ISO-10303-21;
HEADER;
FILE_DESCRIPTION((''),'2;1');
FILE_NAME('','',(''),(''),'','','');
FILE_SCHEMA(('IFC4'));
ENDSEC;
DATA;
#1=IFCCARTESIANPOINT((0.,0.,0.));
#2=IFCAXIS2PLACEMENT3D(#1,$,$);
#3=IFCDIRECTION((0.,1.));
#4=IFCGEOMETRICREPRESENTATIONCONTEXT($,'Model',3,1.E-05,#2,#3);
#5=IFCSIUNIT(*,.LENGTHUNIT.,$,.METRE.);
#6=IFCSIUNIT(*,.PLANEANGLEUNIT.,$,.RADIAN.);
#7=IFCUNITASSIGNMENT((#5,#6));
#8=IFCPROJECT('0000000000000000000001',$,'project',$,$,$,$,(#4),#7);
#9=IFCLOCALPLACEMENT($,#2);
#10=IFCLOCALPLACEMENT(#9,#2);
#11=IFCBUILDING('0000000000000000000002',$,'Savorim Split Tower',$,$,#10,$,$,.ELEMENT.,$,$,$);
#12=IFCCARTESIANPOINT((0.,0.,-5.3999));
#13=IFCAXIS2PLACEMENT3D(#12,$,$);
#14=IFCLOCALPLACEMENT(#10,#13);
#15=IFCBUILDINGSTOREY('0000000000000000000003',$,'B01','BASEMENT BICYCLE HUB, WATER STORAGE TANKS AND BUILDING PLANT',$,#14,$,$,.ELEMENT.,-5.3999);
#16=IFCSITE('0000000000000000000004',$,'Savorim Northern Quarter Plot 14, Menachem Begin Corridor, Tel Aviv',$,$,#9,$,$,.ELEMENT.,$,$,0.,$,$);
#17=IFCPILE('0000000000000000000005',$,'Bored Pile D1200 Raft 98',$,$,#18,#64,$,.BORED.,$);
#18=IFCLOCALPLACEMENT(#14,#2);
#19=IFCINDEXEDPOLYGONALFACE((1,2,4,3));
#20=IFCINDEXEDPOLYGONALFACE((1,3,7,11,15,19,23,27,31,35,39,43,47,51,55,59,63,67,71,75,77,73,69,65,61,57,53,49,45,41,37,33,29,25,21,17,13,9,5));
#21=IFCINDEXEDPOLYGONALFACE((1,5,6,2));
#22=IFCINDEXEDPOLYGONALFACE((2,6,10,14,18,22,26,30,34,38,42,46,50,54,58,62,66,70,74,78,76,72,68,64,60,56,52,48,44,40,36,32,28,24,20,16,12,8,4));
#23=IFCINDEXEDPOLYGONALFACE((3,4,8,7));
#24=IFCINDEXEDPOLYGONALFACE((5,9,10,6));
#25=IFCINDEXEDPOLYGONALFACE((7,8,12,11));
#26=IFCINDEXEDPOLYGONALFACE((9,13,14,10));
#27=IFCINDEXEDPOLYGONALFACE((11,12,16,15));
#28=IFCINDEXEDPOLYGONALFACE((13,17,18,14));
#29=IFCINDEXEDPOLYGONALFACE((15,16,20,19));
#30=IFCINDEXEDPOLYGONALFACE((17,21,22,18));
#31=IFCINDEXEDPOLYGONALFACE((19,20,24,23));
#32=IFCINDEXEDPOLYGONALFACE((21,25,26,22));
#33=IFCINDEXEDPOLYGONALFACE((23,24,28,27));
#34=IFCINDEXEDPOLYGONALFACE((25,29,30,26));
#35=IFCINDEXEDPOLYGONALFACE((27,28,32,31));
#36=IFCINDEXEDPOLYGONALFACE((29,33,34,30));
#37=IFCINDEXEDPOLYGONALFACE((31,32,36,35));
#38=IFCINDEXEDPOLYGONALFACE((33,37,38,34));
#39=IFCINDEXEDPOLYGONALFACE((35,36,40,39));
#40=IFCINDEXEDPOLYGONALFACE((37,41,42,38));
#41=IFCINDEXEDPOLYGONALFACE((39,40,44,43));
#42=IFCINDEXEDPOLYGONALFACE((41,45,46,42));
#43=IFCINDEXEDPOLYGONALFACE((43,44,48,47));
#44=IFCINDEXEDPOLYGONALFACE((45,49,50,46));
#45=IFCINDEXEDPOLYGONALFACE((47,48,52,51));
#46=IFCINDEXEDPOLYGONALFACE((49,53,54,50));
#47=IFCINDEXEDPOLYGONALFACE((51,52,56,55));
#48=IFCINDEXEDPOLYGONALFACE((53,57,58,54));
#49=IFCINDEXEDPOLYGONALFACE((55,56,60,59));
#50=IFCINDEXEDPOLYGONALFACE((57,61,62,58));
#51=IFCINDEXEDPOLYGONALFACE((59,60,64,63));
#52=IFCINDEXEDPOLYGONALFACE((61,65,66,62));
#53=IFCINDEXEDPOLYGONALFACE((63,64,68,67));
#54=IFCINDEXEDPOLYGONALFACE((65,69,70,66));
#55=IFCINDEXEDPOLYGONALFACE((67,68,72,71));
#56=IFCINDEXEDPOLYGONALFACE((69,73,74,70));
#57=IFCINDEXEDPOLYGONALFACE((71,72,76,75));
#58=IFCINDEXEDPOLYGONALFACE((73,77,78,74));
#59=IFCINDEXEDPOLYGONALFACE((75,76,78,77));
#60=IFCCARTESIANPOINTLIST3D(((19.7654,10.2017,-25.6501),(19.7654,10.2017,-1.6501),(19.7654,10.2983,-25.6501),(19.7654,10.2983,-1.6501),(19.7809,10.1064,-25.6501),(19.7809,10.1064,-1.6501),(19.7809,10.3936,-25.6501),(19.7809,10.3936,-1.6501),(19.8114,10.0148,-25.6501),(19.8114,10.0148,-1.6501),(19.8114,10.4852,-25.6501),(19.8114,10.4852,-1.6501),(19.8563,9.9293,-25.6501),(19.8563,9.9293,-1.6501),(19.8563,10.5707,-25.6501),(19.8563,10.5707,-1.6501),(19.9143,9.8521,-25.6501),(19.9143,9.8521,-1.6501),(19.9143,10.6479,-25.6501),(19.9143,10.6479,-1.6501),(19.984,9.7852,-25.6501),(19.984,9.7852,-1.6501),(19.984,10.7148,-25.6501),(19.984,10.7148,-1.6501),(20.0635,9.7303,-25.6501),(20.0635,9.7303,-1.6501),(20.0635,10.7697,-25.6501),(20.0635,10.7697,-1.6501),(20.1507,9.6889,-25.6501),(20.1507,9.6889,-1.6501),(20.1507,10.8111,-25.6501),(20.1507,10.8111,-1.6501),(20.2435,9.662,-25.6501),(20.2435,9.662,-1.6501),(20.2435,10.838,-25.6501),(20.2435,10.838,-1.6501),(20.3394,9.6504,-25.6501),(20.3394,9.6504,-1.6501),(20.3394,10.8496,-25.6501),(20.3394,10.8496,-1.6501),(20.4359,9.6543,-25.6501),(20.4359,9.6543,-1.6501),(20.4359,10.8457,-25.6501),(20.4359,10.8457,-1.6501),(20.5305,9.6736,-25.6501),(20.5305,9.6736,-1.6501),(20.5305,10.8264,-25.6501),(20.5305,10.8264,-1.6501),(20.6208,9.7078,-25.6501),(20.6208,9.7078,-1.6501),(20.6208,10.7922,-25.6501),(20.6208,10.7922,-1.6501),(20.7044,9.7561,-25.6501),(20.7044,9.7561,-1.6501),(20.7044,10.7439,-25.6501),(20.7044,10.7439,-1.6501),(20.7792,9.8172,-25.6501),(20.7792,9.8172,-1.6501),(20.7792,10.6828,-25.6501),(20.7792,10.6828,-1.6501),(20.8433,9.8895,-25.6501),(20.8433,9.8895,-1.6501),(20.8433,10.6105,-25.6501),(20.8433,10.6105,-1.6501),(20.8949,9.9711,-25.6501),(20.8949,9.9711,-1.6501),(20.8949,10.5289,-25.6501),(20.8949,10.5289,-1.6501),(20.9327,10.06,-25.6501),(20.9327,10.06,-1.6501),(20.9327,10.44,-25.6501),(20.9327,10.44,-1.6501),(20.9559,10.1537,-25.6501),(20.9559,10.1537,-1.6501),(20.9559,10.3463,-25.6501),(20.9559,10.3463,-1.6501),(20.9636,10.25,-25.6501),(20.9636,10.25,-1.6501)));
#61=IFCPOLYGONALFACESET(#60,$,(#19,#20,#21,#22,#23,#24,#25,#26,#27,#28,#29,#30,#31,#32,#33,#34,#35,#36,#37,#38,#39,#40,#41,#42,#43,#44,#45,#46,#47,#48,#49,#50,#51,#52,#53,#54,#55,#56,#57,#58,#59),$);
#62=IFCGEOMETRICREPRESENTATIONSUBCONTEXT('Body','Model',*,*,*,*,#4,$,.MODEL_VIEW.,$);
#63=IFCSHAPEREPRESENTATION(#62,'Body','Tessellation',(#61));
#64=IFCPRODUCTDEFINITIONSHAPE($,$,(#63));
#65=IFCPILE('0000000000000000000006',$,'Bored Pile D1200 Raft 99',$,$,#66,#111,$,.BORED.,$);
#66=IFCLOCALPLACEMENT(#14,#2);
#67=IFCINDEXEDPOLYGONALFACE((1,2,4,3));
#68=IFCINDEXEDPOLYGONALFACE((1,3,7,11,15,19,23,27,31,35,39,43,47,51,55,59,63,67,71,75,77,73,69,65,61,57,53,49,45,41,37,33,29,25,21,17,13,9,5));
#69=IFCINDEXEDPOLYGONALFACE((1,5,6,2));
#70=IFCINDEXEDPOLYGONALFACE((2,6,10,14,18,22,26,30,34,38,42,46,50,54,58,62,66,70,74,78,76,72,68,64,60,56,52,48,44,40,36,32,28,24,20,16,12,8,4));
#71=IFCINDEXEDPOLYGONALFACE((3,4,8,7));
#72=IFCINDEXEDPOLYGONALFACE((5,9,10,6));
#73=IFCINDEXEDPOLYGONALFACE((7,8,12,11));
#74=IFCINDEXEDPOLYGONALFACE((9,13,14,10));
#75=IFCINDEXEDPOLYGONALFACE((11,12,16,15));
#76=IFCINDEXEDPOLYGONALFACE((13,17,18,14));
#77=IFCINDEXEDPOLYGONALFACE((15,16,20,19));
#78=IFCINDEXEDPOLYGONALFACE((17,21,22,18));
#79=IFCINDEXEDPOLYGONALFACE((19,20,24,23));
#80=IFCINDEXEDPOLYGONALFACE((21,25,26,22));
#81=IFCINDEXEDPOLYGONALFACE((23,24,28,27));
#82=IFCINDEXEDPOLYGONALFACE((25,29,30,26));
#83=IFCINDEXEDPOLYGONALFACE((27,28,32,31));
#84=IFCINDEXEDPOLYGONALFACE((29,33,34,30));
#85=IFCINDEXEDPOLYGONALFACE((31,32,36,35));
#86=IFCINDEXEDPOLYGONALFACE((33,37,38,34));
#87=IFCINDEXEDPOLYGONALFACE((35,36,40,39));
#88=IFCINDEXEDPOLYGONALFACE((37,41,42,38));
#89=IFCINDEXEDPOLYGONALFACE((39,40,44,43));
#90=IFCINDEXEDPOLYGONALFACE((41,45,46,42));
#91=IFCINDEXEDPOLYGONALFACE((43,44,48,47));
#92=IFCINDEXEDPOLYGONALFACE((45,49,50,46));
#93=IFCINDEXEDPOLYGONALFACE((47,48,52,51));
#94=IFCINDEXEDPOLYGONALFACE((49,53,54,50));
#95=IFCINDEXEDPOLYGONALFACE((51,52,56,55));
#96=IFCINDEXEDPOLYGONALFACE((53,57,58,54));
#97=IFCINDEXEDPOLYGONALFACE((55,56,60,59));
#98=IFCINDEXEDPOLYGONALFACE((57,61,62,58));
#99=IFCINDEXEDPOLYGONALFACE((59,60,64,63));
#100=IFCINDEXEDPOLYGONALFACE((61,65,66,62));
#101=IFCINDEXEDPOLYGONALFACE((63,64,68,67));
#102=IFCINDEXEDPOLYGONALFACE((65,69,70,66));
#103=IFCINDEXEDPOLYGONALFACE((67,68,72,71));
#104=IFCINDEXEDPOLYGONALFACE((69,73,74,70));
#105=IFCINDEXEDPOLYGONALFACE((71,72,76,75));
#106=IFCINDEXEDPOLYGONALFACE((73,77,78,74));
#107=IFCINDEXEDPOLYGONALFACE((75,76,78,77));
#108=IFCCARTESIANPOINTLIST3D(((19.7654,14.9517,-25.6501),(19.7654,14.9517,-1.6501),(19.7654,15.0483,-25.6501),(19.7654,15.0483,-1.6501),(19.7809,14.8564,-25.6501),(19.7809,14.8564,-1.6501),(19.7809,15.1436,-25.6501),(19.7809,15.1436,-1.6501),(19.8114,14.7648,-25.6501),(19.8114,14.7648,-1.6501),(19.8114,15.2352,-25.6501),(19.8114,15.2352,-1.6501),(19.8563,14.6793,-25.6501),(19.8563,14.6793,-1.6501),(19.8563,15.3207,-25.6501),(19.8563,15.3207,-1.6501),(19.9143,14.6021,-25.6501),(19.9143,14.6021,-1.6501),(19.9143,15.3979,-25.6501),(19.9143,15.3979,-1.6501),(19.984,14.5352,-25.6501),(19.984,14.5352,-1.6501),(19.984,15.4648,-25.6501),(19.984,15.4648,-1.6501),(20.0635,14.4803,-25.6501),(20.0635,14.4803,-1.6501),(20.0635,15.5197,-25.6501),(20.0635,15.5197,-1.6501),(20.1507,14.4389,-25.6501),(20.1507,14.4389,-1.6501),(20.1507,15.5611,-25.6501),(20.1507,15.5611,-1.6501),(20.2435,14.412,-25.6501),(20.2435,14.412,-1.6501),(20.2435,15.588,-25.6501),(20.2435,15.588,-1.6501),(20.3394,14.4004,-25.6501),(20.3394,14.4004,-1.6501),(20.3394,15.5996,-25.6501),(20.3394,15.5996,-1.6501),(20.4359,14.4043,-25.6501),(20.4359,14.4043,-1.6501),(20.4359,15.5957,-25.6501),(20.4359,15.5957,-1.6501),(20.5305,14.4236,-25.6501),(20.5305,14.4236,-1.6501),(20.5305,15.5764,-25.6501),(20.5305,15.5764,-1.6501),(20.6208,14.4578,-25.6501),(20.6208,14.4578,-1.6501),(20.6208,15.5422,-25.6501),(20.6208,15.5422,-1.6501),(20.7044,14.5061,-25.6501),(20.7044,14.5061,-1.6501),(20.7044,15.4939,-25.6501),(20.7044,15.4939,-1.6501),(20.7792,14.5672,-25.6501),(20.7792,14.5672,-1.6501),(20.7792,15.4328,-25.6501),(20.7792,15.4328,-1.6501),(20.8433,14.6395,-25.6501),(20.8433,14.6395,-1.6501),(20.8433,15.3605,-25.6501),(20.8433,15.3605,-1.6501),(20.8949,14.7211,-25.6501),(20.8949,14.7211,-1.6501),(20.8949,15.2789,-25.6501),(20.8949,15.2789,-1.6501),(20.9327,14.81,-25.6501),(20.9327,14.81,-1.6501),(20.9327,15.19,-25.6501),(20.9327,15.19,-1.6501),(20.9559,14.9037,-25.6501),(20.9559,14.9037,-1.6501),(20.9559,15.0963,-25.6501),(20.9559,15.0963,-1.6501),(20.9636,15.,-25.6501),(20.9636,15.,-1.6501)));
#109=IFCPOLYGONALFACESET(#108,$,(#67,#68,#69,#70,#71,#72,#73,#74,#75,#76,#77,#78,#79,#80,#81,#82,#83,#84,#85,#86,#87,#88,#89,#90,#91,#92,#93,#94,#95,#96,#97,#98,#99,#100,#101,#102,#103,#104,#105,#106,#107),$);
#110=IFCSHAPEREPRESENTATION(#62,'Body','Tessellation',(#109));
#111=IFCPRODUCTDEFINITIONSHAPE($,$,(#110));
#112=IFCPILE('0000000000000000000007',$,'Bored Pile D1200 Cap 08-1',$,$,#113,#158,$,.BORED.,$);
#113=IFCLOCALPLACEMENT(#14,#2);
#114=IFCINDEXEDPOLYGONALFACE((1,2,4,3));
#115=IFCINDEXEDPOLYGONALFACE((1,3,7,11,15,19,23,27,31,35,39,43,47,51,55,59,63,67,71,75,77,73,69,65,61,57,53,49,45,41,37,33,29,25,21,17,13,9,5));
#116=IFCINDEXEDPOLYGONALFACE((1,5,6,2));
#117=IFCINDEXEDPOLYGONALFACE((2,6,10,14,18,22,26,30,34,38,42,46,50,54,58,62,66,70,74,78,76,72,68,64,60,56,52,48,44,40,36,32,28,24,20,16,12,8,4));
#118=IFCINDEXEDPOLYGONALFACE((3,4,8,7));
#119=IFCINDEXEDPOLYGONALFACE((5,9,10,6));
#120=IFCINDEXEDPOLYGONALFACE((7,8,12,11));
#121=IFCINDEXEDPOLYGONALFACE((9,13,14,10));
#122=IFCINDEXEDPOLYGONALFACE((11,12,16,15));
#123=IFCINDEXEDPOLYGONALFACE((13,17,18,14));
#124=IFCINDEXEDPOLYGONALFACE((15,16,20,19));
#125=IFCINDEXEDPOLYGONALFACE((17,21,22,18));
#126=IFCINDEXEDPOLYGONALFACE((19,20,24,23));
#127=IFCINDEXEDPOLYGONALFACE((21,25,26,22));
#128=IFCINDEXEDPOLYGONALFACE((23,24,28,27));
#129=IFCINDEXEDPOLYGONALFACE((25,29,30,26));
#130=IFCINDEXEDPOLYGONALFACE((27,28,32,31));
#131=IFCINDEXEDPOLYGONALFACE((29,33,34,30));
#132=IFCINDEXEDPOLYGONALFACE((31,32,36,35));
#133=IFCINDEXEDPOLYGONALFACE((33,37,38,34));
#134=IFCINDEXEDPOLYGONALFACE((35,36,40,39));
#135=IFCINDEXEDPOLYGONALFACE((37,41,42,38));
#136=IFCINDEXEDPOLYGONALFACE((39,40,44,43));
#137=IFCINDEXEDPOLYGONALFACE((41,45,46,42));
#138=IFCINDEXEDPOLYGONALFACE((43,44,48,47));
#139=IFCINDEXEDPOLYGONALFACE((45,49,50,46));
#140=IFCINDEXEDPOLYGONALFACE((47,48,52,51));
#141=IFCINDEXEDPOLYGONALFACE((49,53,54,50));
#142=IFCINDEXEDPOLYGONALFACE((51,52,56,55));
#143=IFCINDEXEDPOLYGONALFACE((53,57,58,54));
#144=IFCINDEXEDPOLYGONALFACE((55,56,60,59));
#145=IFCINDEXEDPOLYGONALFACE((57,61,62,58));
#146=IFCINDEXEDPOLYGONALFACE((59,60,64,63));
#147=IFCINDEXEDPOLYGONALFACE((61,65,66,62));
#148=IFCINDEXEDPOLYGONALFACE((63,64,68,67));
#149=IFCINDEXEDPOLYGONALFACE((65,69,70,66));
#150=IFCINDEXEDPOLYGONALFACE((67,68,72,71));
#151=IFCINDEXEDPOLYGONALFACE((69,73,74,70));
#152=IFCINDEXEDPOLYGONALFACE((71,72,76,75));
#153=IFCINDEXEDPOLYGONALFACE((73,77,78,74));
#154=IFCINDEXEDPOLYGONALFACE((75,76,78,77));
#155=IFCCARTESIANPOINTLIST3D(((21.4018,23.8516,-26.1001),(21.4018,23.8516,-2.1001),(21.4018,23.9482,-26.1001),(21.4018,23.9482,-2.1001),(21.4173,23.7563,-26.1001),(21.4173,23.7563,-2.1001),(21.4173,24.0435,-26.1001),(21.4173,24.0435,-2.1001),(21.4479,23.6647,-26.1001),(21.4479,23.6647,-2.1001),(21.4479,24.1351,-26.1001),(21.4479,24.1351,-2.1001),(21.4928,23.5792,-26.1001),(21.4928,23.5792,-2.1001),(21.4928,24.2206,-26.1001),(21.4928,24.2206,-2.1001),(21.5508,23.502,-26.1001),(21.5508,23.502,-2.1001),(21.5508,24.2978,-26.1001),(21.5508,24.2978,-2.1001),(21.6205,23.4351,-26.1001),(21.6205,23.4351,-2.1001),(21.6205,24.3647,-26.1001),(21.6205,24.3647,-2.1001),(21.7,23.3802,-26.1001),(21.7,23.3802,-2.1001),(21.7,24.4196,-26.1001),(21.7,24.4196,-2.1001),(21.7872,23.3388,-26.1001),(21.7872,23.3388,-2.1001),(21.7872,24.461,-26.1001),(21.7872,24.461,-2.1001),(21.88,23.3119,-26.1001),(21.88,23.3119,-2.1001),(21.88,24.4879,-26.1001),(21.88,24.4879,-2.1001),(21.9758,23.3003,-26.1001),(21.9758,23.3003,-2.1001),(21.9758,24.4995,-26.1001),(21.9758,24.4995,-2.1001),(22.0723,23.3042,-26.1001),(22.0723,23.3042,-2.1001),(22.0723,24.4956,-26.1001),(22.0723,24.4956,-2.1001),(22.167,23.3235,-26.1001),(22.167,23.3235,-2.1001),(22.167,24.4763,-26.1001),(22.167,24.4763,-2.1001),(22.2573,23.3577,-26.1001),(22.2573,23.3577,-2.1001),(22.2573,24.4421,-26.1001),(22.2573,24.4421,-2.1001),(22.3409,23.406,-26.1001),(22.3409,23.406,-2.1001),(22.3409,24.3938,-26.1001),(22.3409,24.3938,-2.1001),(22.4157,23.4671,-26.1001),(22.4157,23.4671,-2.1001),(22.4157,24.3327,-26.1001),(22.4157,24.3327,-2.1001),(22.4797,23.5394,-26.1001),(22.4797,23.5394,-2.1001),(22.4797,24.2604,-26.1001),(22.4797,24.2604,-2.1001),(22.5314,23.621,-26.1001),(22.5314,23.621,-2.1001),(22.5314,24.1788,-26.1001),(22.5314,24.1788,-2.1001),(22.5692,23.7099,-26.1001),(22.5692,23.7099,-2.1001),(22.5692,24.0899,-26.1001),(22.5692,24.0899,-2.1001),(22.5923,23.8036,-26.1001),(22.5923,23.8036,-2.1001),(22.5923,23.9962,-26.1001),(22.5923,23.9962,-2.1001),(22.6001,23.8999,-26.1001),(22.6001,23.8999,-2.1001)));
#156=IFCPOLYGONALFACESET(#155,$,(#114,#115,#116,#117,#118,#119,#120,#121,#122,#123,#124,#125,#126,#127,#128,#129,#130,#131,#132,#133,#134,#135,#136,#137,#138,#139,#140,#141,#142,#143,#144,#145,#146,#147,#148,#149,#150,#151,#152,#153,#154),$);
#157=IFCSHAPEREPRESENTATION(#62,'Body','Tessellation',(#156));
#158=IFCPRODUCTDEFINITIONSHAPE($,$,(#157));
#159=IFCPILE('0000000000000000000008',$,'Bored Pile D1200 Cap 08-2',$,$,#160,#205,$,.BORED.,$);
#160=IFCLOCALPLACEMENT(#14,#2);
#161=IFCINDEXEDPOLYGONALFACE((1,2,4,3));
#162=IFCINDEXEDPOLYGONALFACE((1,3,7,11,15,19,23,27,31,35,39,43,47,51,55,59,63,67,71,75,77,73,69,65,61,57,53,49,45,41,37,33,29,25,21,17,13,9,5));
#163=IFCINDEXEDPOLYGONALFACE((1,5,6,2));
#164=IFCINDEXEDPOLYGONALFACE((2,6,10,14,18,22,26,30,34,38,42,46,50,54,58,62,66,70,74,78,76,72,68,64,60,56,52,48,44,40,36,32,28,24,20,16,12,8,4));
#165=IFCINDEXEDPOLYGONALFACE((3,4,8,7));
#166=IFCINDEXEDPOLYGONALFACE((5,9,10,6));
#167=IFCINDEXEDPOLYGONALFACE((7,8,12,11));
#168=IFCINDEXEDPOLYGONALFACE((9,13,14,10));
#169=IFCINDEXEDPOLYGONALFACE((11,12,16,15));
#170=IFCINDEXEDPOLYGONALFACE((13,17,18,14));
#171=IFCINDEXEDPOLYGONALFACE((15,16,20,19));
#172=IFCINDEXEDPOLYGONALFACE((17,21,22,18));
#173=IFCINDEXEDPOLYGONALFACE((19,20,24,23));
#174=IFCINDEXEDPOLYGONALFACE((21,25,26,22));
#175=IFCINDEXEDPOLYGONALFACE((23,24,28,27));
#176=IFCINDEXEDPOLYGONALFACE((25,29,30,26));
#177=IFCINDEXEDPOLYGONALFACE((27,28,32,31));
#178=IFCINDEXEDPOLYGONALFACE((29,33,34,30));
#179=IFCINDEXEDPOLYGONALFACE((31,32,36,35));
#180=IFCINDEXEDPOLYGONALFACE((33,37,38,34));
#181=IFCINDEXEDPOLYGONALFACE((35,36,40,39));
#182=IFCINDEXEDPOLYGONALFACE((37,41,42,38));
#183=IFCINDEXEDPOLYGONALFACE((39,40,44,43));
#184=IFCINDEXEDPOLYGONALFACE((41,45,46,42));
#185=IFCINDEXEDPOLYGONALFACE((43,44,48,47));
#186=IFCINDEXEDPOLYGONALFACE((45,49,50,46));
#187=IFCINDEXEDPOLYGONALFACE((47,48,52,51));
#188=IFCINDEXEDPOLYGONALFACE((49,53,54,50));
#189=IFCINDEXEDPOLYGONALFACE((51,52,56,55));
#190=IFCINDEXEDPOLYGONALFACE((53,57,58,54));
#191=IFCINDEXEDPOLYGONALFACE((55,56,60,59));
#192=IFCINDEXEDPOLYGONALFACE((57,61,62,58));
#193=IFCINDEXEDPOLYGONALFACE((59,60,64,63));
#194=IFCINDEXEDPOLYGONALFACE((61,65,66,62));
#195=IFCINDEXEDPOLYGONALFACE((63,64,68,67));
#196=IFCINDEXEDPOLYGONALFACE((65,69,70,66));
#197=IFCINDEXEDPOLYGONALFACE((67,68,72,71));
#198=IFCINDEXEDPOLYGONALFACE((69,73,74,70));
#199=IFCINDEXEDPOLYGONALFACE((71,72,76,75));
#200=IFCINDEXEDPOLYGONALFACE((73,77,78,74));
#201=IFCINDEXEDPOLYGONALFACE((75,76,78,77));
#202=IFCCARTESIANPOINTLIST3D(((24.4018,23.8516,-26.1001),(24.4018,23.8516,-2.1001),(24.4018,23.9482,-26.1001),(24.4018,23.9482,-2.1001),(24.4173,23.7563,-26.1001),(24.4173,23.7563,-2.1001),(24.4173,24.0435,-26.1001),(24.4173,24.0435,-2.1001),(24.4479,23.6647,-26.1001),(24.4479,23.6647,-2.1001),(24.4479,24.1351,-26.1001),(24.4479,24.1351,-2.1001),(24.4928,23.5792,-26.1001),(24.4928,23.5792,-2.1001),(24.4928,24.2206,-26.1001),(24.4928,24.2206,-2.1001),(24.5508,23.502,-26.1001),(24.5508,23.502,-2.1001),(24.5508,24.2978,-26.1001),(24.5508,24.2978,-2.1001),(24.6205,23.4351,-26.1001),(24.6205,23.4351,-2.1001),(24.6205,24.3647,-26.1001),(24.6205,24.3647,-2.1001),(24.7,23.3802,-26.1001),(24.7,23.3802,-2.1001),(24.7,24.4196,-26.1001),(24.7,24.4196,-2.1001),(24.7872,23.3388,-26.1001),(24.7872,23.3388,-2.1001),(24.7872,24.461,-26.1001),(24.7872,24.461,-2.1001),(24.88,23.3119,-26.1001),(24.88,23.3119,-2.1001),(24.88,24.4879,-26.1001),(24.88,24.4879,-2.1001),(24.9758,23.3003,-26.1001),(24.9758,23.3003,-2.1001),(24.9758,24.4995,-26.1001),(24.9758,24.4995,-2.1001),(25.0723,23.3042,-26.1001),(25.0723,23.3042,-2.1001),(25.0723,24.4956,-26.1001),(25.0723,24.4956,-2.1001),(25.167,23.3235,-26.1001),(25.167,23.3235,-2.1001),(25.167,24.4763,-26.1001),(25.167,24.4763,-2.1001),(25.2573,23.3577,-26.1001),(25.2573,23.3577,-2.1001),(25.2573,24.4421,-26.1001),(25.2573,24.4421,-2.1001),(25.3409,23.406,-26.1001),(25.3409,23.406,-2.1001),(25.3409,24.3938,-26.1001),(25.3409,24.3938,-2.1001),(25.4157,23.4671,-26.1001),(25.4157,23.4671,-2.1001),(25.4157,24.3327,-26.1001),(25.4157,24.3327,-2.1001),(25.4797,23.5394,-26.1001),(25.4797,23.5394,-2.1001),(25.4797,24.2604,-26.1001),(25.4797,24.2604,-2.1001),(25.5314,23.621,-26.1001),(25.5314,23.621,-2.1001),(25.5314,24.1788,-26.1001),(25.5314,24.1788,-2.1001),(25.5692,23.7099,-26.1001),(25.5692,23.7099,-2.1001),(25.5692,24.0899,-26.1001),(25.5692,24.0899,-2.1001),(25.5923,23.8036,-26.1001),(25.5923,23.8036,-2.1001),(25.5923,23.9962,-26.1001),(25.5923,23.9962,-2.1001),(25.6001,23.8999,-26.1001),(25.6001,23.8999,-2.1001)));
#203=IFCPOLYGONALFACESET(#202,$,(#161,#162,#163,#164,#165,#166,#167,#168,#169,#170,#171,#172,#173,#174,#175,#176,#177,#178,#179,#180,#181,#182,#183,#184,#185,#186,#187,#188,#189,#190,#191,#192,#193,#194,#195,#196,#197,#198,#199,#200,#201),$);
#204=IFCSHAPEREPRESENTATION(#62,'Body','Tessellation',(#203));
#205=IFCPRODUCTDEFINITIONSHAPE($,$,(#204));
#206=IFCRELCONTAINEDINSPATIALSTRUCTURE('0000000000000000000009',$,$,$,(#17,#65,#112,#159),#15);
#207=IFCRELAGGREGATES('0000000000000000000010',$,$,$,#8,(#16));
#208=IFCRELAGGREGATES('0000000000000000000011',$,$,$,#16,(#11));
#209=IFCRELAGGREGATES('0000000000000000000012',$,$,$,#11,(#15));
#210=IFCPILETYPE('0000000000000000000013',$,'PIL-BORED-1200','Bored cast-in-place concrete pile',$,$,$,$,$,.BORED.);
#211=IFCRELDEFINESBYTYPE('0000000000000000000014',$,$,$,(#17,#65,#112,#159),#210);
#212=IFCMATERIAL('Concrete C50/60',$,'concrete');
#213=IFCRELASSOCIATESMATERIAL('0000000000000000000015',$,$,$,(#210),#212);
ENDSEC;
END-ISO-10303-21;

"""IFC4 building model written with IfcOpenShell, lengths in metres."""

from ifc_helpers import new_model, si_unit, direction, frame, origin, origin_2d, place, context, subcontext, project, spatial, circle, extrude, material, material_profile, profile_set, type_object, element, save


model = new_model("IFC4")

# Units and contexts
model_context = context("Model", 3, precision=1e-05, world=origin(), true_north=direction((0.0, 1.0)))
body_context = subcontext(model_context, "Body", "Model", "MODEL_VIEW")
ifc_project = project(units=[si_unit("LENGTHUNIT", "METRE"), si_unit("PLANEANGLEUNIT", "RADIAN")], contexts=[model_context])

# Site, building, storey
site_placement = place(None, origin())
site = spatial("IfcSite", under=ifc_project, at=site_placement, Name="Savorim Northern Quarter Plot 14, Menachem Begin Corridor, Tel Aviv", CompositionType="ELEMENT", RefElevation=0.0)
building_placement = place(site_placement, origin())
building = spatial("IfcBuilding", under=site, at=building_placement, Name="Savorim Split Tower", CompositionType="ELEMENT")
storey_placement = place(building_placement, frame((0.0, 0.0, -5.3999)))
storey = spatial("IfcBuildingStorey", under=building, at=storey_placement, Name="B01", Description="BASEMENT BICYCLE HUB, WATER STORAGE TANKS AND BUILDING PLANT", CompositionType="ELEMENT", Elevation=-5.3999)

# Shared definitions
ifc_material_1 = material(Name="Concrete C50/60", Category="concrete")

# Piles
ifc_material_profile_1 = material_profile(ifc_material_1, circle(Radius=0.6001, at=origin_2d()), Name="PILE D1200")
ifc_profile_set_1 = profile_set([ifc_material_profile_1], Name="Concrete C50/60")
pile_type = type_object("IfcPileType", Name="PIL-BORED-1200", Description="Bored cast-in-place concrete pile", PredefinedType="BORED", material=ifc_profile_set_1)
for number, where, z_axis, x_axis, name in (
    (1, (20.3635, 10.25, -1.6501), (0.0, 0.0, -1.0), (1.0, 0.0, 0.0), "Bored Pile D1200 Raft 98"),
    (2, (20.3635, 15.0, -1.6501), (0.0, 0.0, -1.0), (1.0, 0.0, 0.0), "Bored Pile D1200 Raft 99"),
    (3, (22.0, 23.8999, -2.1001), (0.0, 0.0, -1.0), (1.0, 0.0, 0.0), "Bored Pile D1200 Cap 08-1"),
    (4, (25.0, 23.8999, -2.1001), (0.0, 0.0, -1.0), (1.0, 0.0, 0.0), "Bored Pile D1200 Cap 08-2"),
):
    element("IfcPile", number, at=place(storey_placement, frame(where, z_axis=z_axis, x_axis=x_axis)), inside=storey, type_object=pile_type, Name=name, PredefinedType="BORED", context=body_context, shape_type="SweptSolid", body=[
        extrude(circle(Radius=0.6001, at=origin_2d()), origin(), (0.0, 0.0, 1.0), 24.0),
    ])

save(model, "model.ifc")
